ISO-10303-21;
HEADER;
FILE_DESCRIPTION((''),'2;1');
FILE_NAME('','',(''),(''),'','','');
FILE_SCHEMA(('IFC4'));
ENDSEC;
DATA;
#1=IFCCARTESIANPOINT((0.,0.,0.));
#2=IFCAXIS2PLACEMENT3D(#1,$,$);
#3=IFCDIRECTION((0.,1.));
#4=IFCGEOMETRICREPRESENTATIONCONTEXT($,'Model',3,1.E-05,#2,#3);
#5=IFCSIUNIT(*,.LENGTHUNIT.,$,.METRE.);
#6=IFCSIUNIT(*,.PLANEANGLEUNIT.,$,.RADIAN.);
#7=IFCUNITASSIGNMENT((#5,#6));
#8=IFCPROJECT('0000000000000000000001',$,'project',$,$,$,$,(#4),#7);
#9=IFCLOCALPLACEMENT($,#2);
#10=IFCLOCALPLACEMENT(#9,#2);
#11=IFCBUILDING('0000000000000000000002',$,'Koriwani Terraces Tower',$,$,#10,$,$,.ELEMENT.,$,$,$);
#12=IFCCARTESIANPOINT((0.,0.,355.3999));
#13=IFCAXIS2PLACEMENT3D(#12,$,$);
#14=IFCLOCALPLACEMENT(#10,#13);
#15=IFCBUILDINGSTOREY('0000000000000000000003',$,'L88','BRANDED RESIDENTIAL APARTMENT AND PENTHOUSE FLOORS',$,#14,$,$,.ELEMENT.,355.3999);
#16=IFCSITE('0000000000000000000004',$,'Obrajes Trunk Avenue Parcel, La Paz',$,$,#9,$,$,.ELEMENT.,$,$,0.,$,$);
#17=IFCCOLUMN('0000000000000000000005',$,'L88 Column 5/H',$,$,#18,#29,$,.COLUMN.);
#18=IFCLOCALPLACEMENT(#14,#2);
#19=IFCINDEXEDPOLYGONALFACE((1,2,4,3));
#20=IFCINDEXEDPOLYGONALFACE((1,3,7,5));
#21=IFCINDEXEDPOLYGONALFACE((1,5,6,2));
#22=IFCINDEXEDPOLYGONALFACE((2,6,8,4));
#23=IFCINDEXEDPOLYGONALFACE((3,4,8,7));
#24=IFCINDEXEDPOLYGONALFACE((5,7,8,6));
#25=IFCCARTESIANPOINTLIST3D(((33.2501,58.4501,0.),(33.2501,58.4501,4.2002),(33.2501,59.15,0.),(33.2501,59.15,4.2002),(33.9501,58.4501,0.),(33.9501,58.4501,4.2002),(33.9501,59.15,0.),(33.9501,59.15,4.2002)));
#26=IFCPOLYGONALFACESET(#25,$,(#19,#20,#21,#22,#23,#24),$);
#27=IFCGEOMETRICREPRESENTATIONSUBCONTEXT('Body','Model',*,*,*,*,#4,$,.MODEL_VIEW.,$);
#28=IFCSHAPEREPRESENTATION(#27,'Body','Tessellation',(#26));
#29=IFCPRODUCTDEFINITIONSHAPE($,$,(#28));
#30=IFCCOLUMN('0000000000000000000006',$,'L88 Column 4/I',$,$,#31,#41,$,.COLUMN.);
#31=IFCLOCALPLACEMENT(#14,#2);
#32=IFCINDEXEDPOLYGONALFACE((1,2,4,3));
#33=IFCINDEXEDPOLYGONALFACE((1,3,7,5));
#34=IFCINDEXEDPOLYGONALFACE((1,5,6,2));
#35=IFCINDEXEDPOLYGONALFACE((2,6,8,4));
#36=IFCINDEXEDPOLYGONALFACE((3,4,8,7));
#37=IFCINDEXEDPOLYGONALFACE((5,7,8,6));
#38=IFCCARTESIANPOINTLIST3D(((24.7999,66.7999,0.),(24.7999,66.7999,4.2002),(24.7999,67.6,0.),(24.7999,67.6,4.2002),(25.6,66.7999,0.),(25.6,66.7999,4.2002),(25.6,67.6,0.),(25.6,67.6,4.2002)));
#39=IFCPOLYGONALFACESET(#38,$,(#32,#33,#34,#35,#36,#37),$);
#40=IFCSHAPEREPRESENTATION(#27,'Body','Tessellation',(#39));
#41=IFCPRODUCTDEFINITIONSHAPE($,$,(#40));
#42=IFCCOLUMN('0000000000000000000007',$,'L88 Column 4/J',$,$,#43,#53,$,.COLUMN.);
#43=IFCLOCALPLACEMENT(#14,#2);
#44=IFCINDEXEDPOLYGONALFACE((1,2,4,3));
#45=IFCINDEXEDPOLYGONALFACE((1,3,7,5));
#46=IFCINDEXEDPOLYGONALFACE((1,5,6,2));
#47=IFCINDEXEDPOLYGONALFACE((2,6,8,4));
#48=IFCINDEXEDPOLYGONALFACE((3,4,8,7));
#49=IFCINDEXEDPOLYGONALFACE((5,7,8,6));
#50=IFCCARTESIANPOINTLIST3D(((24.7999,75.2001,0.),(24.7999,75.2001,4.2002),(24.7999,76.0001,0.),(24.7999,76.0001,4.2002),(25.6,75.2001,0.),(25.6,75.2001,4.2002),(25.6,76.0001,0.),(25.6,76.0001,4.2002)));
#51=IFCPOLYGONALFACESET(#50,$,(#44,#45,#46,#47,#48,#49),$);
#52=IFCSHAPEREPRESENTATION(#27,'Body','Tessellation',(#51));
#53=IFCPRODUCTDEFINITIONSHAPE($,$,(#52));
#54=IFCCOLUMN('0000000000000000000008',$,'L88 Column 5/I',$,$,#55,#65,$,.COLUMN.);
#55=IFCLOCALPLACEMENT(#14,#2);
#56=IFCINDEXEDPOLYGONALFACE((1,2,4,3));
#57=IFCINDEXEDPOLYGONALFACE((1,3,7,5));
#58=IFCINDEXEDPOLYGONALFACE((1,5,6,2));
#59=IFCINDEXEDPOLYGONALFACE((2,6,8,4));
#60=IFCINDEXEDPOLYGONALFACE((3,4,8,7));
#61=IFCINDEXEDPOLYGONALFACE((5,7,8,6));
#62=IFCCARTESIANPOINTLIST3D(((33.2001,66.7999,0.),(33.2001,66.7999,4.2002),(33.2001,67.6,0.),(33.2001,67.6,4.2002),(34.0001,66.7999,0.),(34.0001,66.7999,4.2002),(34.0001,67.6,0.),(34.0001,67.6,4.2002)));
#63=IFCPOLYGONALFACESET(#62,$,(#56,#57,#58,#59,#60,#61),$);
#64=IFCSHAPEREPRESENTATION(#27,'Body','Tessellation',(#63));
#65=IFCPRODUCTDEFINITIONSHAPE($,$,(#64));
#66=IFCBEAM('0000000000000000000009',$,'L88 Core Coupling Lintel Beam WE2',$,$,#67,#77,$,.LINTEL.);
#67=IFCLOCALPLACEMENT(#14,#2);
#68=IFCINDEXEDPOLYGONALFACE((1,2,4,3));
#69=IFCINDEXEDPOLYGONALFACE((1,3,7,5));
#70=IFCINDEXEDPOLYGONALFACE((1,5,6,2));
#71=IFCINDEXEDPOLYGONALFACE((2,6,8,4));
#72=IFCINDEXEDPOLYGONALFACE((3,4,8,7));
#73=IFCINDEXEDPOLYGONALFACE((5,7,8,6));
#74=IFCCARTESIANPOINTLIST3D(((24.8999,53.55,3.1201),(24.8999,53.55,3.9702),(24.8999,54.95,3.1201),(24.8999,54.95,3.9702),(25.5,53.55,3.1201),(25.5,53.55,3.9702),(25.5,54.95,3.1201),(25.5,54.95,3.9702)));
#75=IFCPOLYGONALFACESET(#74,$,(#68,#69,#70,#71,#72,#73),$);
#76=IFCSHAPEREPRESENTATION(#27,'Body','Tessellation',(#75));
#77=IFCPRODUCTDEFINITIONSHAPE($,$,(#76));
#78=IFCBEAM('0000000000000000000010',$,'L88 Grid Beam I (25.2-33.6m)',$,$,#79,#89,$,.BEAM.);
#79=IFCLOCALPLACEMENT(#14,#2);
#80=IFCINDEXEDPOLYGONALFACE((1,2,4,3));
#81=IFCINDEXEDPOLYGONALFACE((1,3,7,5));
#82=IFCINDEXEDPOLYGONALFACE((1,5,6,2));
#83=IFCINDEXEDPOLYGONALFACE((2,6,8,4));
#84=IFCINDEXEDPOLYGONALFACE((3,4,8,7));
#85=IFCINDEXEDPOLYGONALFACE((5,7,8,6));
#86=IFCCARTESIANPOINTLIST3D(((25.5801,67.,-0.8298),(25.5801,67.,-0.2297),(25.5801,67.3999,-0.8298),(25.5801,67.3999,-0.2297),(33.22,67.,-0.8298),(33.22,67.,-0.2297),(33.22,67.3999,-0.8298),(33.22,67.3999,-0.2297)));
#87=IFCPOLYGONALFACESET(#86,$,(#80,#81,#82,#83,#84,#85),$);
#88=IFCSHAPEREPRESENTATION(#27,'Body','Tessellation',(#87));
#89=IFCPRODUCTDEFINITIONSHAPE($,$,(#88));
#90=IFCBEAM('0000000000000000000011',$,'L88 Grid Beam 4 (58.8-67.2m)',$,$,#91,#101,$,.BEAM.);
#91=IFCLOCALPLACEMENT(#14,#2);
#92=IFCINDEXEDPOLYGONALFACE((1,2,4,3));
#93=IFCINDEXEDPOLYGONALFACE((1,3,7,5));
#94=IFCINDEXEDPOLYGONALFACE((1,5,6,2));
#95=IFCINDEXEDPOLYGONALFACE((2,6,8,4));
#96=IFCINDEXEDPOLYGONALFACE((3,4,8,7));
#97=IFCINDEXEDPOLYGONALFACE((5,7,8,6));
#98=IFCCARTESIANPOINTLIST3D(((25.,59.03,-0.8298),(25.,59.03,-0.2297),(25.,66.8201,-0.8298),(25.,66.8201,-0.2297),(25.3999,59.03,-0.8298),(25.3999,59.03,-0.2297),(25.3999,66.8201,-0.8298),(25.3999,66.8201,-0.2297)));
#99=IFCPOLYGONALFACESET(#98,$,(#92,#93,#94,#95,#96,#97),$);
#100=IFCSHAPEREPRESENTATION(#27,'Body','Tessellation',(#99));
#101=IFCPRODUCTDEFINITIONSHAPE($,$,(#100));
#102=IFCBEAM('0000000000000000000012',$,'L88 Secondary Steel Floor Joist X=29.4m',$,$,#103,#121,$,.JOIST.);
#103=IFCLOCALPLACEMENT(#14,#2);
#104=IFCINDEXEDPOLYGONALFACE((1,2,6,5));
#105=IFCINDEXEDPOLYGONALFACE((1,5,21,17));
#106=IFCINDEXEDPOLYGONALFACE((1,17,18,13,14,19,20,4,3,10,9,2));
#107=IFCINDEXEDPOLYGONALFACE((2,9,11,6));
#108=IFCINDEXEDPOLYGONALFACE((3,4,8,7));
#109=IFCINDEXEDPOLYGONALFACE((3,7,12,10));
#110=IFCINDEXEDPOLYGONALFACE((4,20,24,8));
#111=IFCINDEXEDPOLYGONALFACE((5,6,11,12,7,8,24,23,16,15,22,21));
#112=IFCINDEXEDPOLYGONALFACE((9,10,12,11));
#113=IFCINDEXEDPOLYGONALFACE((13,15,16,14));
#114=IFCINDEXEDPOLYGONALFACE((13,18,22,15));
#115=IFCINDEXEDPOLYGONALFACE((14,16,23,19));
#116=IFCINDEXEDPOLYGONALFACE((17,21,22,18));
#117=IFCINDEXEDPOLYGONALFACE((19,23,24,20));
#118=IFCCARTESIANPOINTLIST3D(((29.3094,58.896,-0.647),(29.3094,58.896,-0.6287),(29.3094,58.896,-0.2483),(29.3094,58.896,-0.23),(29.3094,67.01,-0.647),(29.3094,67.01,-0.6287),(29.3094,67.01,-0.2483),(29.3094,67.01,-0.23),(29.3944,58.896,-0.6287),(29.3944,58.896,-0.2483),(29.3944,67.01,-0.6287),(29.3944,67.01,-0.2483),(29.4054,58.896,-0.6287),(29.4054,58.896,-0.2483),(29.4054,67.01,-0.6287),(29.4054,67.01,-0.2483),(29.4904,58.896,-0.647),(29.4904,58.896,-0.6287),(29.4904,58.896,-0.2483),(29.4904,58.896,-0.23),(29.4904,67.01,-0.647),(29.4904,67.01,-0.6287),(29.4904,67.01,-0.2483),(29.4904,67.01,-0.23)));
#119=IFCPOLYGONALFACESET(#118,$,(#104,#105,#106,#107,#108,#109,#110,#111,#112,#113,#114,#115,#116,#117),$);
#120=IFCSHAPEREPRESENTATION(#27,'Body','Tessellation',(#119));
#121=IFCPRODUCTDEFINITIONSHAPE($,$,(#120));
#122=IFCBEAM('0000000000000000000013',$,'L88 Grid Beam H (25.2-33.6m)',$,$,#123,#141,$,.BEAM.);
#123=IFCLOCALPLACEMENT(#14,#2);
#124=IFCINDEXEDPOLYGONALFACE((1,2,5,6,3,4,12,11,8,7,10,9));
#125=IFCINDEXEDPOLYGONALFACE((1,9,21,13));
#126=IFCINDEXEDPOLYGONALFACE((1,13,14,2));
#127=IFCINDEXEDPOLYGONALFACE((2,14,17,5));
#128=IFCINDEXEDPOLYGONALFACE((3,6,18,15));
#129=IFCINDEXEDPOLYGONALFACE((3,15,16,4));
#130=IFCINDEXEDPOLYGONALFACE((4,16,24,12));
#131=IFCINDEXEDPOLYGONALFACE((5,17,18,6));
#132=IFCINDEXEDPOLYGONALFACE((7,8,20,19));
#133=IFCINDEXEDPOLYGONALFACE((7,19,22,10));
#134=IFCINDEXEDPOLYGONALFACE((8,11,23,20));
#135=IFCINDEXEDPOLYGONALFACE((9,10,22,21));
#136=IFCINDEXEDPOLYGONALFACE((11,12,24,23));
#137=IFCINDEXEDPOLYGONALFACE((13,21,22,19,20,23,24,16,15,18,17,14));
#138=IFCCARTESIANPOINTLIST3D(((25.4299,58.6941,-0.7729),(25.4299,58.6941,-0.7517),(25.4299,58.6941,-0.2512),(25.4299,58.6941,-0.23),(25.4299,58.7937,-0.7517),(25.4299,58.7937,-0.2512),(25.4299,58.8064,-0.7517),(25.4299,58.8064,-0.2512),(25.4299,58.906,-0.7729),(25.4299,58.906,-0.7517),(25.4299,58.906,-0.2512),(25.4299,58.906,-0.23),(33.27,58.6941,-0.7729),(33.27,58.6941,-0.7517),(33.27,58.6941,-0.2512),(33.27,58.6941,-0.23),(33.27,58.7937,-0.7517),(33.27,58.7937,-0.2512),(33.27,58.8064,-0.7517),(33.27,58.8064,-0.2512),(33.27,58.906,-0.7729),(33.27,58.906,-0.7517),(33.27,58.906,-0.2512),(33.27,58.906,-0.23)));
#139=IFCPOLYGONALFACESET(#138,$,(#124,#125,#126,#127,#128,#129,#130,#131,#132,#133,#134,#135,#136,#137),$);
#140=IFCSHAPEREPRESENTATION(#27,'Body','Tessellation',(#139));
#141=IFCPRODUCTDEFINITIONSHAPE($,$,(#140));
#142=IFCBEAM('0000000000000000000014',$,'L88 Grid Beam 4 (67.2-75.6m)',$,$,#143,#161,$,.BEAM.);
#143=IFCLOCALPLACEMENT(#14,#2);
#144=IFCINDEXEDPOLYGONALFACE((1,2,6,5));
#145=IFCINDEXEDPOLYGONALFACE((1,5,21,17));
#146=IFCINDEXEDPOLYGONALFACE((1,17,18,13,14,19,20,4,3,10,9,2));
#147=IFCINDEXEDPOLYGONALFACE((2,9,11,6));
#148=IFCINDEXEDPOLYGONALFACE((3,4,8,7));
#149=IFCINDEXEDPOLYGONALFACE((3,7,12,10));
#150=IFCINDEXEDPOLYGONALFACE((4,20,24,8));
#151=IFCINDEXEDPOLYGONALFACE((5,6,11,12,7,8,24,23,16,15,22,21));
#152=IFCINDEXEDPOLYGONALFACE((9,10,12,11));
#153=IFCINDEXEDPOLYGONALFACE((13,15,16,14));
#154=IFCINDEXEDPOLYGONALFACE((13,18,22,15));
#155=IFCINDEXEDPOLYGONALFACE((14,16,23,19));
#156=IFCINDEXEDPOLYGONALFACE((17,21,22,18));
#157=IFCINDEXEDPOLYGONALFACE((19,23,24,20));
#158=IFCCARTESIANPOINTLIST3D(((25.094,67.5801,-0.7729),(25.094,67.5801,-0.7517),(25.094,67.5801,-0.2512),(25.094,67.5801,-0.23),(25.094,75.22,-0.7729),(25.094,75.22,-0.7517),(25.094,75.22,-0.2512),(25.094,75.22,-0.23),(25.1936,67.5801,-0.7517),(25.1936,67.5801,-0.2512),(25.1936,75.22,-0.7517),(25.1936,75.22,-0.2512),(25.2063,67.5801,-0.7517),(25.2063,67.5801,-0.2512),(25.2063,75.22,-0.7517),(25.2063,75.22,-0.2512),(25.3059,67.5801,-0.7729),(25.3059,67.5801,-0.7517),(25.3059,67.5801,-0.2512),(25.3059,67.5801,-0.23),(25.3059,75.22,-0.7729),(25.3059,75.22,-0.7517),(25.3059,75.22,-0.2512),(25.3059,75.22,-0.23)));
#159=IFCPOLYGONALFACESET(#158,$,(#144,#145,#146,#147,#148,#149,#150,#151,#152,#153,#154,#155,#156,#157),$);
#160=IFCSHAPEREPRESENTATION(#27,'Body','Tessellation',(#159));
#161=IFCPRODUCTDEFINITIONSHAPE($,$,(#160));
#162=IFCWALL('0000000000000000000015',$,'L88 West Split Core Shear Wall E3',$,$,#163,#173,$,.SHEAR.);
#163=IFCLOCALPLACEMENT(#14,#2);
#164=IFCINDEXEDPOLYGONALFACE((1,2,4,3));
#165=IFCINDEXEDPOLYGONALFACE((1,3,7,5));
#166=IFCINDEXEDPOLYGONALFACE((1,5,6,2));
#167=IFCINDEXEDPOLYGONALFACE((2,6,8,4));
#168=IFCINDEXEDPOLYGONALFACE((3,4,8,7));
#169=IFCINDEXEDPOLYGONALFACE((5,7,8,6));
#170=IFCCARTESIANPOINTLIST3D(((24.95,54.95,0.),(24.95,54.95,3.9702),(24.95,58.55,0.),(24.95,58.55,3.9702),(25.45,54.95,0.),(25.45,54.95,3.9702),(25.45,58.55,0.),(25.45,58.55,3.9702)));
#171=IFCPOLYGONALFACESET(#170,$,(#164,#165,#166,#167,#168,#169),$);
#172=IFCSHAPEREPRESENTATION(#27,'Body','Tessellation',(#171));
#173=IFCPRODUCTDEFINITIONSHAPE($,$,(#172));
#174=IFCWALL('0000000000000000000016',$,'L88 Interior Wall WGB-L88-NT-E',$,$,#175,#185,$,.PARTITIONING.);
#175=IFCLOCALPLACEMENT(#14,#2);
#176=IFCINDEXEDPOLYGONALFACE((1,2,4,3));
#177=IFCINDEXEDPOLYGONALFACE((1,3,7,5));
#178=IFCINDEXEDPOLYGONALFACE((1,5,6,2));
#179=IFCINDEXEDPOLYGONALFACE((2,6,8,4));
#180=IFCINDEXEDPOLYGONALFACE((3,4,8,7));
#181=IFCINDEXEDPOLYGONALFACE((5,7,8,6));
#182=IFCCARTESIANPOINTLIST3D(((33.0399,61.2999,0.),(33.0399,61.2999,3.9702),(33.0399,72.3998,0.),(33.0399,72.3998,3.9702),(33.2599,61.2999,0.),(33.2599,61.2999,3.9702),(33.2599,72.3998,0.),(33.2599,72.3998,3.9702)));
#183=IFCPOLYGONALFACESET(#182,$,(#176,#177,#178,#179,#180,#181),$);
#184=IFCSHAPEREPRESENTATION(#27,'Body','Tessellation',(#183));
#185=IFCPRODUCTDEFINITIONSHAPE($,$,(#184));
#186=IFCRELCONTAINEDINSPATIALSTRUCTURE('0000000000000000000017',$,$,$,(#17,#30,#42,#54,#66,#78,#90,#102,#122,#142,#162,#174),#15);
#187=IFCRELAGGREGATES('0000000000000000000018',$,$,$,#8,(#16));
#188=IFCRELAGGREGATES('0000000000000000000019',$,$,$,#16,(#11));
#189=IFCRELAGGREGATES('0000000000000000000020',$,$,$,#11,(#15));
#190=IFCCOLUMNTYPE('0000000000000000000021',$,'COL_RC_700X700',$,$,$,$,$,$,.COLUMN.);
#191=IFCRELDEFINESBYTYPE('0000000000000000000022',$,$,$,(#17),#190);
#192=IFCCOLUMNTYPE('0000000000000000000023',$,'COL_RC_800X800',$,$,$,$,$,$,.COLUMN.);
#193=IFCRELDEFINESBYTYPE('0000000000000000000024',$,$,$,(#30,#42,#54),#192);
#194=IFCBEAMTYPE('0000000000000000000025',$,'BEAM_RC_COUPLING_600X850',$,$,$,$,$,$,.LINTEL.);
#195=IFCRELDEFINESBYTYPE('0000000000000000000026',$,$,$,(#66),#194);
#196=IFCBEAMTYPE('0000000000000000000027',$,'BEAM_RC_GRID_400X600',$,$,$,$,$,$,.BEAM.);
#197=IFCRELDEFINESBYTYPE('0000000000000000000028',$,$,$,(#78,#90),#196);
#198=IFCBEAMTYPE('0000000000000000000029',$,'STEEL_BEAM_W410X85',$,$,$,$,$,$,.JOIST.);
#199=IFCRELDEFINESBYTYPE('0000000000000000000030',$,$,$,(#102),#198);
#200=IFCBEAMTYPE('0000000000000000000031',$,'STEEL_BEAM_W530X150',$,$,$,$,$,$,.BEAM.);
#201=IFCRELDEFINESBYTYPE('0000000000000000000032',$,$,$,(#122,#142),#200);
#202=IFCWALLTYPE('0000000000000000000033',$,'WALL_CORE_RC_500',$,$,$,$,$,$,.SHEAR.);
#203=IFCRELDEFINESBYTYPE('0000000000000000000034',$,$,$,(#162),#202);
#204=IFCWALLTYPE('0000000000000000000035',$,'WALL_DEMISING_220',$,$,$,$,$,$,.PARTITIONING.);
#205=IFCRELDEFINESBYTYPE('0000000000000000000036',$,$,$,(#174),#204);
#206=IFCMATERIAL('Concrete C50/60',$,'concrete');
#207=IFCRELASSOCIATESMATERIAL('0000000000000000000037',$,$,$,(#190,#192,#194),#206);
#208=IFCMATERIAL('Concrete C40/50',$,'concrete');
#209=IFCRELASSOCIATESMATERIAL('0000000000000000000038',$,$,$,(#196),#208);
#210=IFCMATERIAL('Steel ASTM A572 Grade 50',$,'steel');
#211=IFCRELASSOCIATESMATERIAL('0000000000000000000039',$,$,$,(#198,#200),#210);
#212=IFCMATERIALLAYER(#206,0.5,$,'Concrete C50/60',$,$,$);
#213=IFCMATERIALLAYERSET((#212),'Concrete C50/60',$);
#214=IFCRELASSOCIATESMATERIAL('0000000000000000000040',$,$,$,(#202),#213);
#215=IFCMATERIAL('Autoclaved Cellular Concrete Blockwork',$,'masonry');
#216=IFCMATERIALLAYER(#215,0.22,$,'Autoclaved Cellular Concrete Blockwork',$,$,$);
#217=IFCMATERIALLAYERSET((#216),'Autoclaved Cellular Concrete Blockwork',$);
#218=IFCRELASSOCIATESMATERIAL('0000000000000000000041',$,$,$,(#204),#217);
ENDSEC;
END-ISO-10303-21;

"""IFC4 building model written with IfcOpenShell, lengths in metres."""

from ifc_helpers import new_model, si_unit, direction, frame, frame_2d, origin, origin_2d, place, context, subcontext, project, spatial, rectangle, i_section, extrude, material, layer, layer_set, material_profile, profile_set, type_object, element, save


model = new_model("IFC4")

# Units and contexts
model_context = context("Model", 3, precision=1e-05, world=origin(), true_north=direction((0.0, 1.0)))
body_context = subcontext(model_context, "Body", "Model", "MODEL_VIEW")
ifc_project = project(units=[si_unit("LENGTHUNIT", "METRE"), si_unit("PLANEANGLEUNIT", "RADIAN")], contexts=[model_context])

# Site, building, storey
site_placement = place(None, origin())
site = spatial("IfcSite", under=ifc_project, at=site_placement, Name="Obrajes Trunk Avenue Parcel, La Paz", CompositionType="ELEMENT", RefElevation=0.0)
building_placement = place(site_placement, origin())
building = spatial("IfcBuilding", under=site, at=building_placement, Name="Koriwani Terraces Tower", CompositionType="ELEMENT")
storey_placement = place(building_placement, frame((0.0, 0.0, 355.3999)))
storey = spatial("IfcBuildingStorey", under=building, at=storey_placement, Name="L88", Description="BRANDED RESIDENTIAL APARTMENT AND PENTHOUSE FLOORS", CompositionType="ELEMENT", Elevation=355.3999)

# Columns
ifc_material_1 = material(Name="Concrete C50/60", Category="concrete")
ifc_material_profile_1 = material_profile(ifc_material_1, rectangle(XDim=0.7, YDim=0.7, at=origin_2d()), Name="Concrete C50/60", Category="LoadBearing")
ifc_profile_set_1 = profile_set([ifc_material_profile_1], Name="Concrete C50/60")
column_type_1 = type_object("IfcColumnType", Name="COL_RC_700X700", PredefinedType="COLUMN", material=ifc_profile_set_1)
column_placement = place(storey_placement, frame((33.6001, 58.8, 0.0), z_axis=(0.0, 0.0, 1.0), x_axis=(1.0, 0.0, 0.0)))
element("IfcColumn", 1, at=column_placement, inside=storey, type_object=column_type_1, Name="L88 Column 5/H", PredefinedType="COLUMN", context=body_context, shape_type="SweptSolid", body=[
    extrude(rectangle(XDim=0.7, YDim=0.7, at=origin_2d()), origin(), (0.0, 0.0, 1.0), 4.2002),
])
ifc_material_profile_2 = material_profile(ifc_material_1, rectangle(XDim=0.8, YDim=0.8, at=origin_2d()), Name="Concrete C50/60", Category="LoadBearing")
ifc_profile_set_2 = profile_set([ifc_material_profile_2], Name="Concrete C50/60")
column_type_2 = type_object("IfcColumnType", Name="COL_RC_800X800", PredefinedType="COLUMN", material=ifc_profile_set_2)
for number, where, z_axis, x_axis, name in (
    (2, (25.2, 67.2, 0.0), (0.0, 0.0, 1.0), (1.0, 0.0, 0.0), "L88 Column 4/I"),
    (3, (25.2, 75.6001, 0.0), (0.0, 0.0, 1.0), (1.0, 0.0, 0.0), "L88 Column 4/J"),
    (4, (33.6001, 67.2, 0.0), (0.0, 0.0, 1.0), (1.0, 0.0, 0.0), "L88 Column 5/I"),
):
    element("IfcColumn", number, at=place(storey_placement, frame(where, z_axis=z_axis, x_axis=x_axis)), inside=storey, type_object=column_type_2, Name=name, PredefinedType="COLUMN", context=body_context, shape_type="SweptSolid", body=[
        extrude(rectangle(XDim=0.8, YDim=0.8, at=origin_2d()), origin(), (0.0, 0.0, 1.0), 4.2002),
    ])

# Beams
ifc_material_profile_3 = material_profile(ifc_material_1, rectangle(XDim=0.6001, YDim=0.8501, at=origin_2d()), Name="Concrete C50/60", Category="LoadBearing")
ifc_profile_set_3 = profile_set([ifc_material_profile_3], Name="Concrete C50/60")
beam_type_1 = type_object("IfcBeamType", Name="BEAM_RC_COUPLING_600X850", PredefinedType="LINTEL", material=ifc_profile_set_3)
beam_1_placement = place(storey_placement, frame((25.2, 53.55, 3.5452), z_axis=(0.0, 1.0, 0.0), x_axis=(-1.0, 0.0, 0.0)))
element("IfcBeam", 5, at=beam_1_placement, inside=storey, type_object=beam_type_1, Name="L88 Core Coupling Lintel Beam WE2", PredefinedType="LINTEL", context=body_context, shape_type="SweptSolid", body=[
    extrude(rectangle(XDim=0.6001, YDim=0.8501, at=origin_2d()), origin(), (0.0, 0.0, 1.0), 1.3999),
])
ifc_material_2 = material(Name="Concrete C40/50", Category="concrete")
ifc_material_profile_4 = material_profile(ifc_material_2, rectangle(XDim=0.3999, YDim=0.6001, at=origin_2d()), Name="Concrete C40/50", Category="LoadBearing")
ifc_profile_set_4 = profile_set([ifc_material_profile_4], Name="Concrete C40/50")
beam_type_2 = type_object("IfcBeamType", Name="BEAM_RC_GRID_400X600", PredefinedType="BEAM", material=ifc_profile_set_4)
beam_2_placement = place(storey_placement, frame((25.5801, 67.2, -0.5298), z_axis=(1.0, 0.0, 0.0), x_axis=(0.0, 1.0, 0.0)))
element("IfcBeam", 6, at=beam_2_placement, inside=storey, type_object=beam_type_2, Name="L88 Grid Beam I (25.2-33.6m)", PredefinedType="BEAM", context=body_context, shape_type="SweptSolid", body=[
    extrude(rectangle(XDim=0.3999, YDim=0.6001, at=origin_2d()), origin(), (0.0, 0.0, 1.0), 7.6399),
])
beam_3_placement = place(storey_placement, frame((25.2, 59.03, -0.5298), z_axis=(0.0, 1.0, 0.0), x_axis=(-1.0, 0.0, 0.0)))
element("IfcBeam", 7, at=beam_3_placement, inside=storey, type_object=beam_type_2, Name="L88 Grid Beam 4 (58.8-67.2m)", PredefinedType="BEAM", context=body_context, shape_type="SweptSolid", body=[
    extrude(rectangle(XDim=0.3999, YDim=0.6001, at=origin_2d()), origin(), (0.0, 0.0, 1.0), 7.79),
])
ifc_material_3 = material(Name="Steel ASTM A572 Grade 50", Category="steel")
ifc_material_profile_5 = material_profile(ifc_material_3, i_section(OverallWidth=0.1809, OverallDepth=0.417, WebThickness=0.011, FlangeThickness=0.0183, at=origin_2d()), Name="Steel ASTM A572 Grade 50", Category="LoadBearing")
ifc_profile_set_5 = profile_set([ifc_material_profile_5], Name="Steel ASTM A572 Grade 50")
beam_type_3 = type_object("IfcBeamType", Name="STEEL_BEAM_W410X85", PredefinedType="JOIST", material=ifc_profile_set_5)
beam_4_placement = place(storey_placement, frame((29.3999, 58.896, -0.4385), z_axis=(0.0, 1.0, 0.0), x_axis=(-1.0, 0.0, 0.0)))
element("IfcBeam", 8, at=beam_4_placement, inside=storey, type_object=beam_type_3, Name="L88 Secondary Steel Floor Joist X=29.4m", PredefinedType="JOIST", context=body_context, shape_type="SweptSolid", body=[
    extrude(i_section(OverallWidth=0.1809, OverallDepth=0.417, WebThickness=0.011, FlangeThickness=0.0183, at=origin_2d()), origin(), (0.0, 0.0, 1.0), 8.114),
])
ifc_material_profile_6 = material_profile(ifc_material_3, i_section(OverallWidth=0.2119, OverallDepth=0.543, WebThickness=0.0127, FlangeThickness=0.0212, at=origin_2d()), Name="Steel ASTM A572 Grade 50", Category="LoadBearing")
ifc_profile_set_6 = profile_set([ifc_material_profile_6], Name="Steel ASTM A572 Grade 50")
beam_type_4 = type_object("IfcBeamType", Name="STEEL_BEAM_W530X150", PredefinedType="BEAM", material=ifc_profile_set_6)
beam_5_placement = place(storey_placement, frame((25.4299, 58.8, -0.5015), z_axis=(1.0, 0.0, 0.0), x_axis=(0.0, 1.0, 0.0)))
element("IfcBeam", 9, at=beam_5_placement, inside=storey, type_object=beam_type_4, Name="L88 Grid Beam H (25.2-33.6m)", PredefinedType="BEAM", context=body_context, shape_type="SweptSolid", body=[
    extrude(i_section(OverallWidth=0.2119, OverallDepth=0.543, WebThickness=0.0127, FlangeThickness=0.0212, at=origin_2d()), origin(), (0.0, 0.0, 1.0), 7.8401),
])
beam_6_placement = place(storey_placement, frame((25.2, 67.5801, -0.5015), z_axis=(0.0, 1.0, 0.0), x_axis=(-1.0, 0.0, 0.0)))
element("IfcBeam", 10, at=beam_6_placement, inside=storey, type_object=beam_type_4, Name="L88 Grid Beam 4 (67.2-75.6m)", PredefinedType="BEAM", context=body_context, shape_type="SweptSolid", body=[
    extrude(i_section(OverallWidth=0.2119, OverallDepth=0.543, WebThickness=0.0127, FlangeThickness=0.0212, at=origin_2d()), origin(), (0.0, 0.0, 1.0), 7.6399),
])

# Walls
ifc_layer_1 = layer(ifc_material_1, 0.5, Name="Concrete C50/60")
ifc_layer_set_1 = layer_set([ifc_layer_1], Name="Concrete C50/60")
wall_type_1 = type_object("IfcWallType", Name="WALL_CORE_RC_500", PredefinedType="SHEAR", material=ifc_layer_set_1)
wall_1_placement = place(storey_placement, frame((25.2, 54.95, 0.0), z_axis=(0.0, 0.0, 1.0), x_axis=(0.0, 1.0, 0.0)))
element("IfcWall", 11, at=wall_1_placement, inside=storey, type_object=wall_type_1, Name="L88 West Split Core Shear Wall E3", PredefinedType="SHEAR", context=body_context, shape_type="SweptSolid", body=[
    extrude(rectangle(XDim=3.6001, YDim=0.5, at=frame_2d((1.8, 0.0))), origin(), (0.0, 0.0, 1.0), 3.9702),
])
ifc_material_4 = material(Name="Autoclaved Cellular Concrete Blockwork", Category="masonry")
ifc_layer_2 = layer(ifc_material_4, 0.22, Name="Autoclaved Cellular Concrete Blockwork")
ifc_layer_set_2 = layer_set([ifc_layer_2], Name="Autoclaved Cellular Concrete Blockwork")
wall_type_2 = type_object("IfcWallType", Name="WALL_DEMISING_220", PredefinedType="PARTITIONING", material=ifc_layer_set_2)
wall_2_placement = place(storey_placement, frame((33.1499, 61.3, 0.0), z_axis=(0.0, 0.0, 1.0), x_axis=(0.0, 1.0, 0.0)))
element("IfcWall", 12, at=wall_2_placement, inside=storey, type_object=wall_type_2, Name="L88 Interior Wall WGB-L88-NT-E", PredefinedType="PARTITIONING", context=body_context, shape_type="SweptSolid", body=[
    extrude(rectangle(XDim=11.0999, YDim=0.22, at=frame_2d((5.5498, 0.0))), origin(), (0.0, 0.0, 1.0), 3.9702),
])

save(model, "model.ifc")
